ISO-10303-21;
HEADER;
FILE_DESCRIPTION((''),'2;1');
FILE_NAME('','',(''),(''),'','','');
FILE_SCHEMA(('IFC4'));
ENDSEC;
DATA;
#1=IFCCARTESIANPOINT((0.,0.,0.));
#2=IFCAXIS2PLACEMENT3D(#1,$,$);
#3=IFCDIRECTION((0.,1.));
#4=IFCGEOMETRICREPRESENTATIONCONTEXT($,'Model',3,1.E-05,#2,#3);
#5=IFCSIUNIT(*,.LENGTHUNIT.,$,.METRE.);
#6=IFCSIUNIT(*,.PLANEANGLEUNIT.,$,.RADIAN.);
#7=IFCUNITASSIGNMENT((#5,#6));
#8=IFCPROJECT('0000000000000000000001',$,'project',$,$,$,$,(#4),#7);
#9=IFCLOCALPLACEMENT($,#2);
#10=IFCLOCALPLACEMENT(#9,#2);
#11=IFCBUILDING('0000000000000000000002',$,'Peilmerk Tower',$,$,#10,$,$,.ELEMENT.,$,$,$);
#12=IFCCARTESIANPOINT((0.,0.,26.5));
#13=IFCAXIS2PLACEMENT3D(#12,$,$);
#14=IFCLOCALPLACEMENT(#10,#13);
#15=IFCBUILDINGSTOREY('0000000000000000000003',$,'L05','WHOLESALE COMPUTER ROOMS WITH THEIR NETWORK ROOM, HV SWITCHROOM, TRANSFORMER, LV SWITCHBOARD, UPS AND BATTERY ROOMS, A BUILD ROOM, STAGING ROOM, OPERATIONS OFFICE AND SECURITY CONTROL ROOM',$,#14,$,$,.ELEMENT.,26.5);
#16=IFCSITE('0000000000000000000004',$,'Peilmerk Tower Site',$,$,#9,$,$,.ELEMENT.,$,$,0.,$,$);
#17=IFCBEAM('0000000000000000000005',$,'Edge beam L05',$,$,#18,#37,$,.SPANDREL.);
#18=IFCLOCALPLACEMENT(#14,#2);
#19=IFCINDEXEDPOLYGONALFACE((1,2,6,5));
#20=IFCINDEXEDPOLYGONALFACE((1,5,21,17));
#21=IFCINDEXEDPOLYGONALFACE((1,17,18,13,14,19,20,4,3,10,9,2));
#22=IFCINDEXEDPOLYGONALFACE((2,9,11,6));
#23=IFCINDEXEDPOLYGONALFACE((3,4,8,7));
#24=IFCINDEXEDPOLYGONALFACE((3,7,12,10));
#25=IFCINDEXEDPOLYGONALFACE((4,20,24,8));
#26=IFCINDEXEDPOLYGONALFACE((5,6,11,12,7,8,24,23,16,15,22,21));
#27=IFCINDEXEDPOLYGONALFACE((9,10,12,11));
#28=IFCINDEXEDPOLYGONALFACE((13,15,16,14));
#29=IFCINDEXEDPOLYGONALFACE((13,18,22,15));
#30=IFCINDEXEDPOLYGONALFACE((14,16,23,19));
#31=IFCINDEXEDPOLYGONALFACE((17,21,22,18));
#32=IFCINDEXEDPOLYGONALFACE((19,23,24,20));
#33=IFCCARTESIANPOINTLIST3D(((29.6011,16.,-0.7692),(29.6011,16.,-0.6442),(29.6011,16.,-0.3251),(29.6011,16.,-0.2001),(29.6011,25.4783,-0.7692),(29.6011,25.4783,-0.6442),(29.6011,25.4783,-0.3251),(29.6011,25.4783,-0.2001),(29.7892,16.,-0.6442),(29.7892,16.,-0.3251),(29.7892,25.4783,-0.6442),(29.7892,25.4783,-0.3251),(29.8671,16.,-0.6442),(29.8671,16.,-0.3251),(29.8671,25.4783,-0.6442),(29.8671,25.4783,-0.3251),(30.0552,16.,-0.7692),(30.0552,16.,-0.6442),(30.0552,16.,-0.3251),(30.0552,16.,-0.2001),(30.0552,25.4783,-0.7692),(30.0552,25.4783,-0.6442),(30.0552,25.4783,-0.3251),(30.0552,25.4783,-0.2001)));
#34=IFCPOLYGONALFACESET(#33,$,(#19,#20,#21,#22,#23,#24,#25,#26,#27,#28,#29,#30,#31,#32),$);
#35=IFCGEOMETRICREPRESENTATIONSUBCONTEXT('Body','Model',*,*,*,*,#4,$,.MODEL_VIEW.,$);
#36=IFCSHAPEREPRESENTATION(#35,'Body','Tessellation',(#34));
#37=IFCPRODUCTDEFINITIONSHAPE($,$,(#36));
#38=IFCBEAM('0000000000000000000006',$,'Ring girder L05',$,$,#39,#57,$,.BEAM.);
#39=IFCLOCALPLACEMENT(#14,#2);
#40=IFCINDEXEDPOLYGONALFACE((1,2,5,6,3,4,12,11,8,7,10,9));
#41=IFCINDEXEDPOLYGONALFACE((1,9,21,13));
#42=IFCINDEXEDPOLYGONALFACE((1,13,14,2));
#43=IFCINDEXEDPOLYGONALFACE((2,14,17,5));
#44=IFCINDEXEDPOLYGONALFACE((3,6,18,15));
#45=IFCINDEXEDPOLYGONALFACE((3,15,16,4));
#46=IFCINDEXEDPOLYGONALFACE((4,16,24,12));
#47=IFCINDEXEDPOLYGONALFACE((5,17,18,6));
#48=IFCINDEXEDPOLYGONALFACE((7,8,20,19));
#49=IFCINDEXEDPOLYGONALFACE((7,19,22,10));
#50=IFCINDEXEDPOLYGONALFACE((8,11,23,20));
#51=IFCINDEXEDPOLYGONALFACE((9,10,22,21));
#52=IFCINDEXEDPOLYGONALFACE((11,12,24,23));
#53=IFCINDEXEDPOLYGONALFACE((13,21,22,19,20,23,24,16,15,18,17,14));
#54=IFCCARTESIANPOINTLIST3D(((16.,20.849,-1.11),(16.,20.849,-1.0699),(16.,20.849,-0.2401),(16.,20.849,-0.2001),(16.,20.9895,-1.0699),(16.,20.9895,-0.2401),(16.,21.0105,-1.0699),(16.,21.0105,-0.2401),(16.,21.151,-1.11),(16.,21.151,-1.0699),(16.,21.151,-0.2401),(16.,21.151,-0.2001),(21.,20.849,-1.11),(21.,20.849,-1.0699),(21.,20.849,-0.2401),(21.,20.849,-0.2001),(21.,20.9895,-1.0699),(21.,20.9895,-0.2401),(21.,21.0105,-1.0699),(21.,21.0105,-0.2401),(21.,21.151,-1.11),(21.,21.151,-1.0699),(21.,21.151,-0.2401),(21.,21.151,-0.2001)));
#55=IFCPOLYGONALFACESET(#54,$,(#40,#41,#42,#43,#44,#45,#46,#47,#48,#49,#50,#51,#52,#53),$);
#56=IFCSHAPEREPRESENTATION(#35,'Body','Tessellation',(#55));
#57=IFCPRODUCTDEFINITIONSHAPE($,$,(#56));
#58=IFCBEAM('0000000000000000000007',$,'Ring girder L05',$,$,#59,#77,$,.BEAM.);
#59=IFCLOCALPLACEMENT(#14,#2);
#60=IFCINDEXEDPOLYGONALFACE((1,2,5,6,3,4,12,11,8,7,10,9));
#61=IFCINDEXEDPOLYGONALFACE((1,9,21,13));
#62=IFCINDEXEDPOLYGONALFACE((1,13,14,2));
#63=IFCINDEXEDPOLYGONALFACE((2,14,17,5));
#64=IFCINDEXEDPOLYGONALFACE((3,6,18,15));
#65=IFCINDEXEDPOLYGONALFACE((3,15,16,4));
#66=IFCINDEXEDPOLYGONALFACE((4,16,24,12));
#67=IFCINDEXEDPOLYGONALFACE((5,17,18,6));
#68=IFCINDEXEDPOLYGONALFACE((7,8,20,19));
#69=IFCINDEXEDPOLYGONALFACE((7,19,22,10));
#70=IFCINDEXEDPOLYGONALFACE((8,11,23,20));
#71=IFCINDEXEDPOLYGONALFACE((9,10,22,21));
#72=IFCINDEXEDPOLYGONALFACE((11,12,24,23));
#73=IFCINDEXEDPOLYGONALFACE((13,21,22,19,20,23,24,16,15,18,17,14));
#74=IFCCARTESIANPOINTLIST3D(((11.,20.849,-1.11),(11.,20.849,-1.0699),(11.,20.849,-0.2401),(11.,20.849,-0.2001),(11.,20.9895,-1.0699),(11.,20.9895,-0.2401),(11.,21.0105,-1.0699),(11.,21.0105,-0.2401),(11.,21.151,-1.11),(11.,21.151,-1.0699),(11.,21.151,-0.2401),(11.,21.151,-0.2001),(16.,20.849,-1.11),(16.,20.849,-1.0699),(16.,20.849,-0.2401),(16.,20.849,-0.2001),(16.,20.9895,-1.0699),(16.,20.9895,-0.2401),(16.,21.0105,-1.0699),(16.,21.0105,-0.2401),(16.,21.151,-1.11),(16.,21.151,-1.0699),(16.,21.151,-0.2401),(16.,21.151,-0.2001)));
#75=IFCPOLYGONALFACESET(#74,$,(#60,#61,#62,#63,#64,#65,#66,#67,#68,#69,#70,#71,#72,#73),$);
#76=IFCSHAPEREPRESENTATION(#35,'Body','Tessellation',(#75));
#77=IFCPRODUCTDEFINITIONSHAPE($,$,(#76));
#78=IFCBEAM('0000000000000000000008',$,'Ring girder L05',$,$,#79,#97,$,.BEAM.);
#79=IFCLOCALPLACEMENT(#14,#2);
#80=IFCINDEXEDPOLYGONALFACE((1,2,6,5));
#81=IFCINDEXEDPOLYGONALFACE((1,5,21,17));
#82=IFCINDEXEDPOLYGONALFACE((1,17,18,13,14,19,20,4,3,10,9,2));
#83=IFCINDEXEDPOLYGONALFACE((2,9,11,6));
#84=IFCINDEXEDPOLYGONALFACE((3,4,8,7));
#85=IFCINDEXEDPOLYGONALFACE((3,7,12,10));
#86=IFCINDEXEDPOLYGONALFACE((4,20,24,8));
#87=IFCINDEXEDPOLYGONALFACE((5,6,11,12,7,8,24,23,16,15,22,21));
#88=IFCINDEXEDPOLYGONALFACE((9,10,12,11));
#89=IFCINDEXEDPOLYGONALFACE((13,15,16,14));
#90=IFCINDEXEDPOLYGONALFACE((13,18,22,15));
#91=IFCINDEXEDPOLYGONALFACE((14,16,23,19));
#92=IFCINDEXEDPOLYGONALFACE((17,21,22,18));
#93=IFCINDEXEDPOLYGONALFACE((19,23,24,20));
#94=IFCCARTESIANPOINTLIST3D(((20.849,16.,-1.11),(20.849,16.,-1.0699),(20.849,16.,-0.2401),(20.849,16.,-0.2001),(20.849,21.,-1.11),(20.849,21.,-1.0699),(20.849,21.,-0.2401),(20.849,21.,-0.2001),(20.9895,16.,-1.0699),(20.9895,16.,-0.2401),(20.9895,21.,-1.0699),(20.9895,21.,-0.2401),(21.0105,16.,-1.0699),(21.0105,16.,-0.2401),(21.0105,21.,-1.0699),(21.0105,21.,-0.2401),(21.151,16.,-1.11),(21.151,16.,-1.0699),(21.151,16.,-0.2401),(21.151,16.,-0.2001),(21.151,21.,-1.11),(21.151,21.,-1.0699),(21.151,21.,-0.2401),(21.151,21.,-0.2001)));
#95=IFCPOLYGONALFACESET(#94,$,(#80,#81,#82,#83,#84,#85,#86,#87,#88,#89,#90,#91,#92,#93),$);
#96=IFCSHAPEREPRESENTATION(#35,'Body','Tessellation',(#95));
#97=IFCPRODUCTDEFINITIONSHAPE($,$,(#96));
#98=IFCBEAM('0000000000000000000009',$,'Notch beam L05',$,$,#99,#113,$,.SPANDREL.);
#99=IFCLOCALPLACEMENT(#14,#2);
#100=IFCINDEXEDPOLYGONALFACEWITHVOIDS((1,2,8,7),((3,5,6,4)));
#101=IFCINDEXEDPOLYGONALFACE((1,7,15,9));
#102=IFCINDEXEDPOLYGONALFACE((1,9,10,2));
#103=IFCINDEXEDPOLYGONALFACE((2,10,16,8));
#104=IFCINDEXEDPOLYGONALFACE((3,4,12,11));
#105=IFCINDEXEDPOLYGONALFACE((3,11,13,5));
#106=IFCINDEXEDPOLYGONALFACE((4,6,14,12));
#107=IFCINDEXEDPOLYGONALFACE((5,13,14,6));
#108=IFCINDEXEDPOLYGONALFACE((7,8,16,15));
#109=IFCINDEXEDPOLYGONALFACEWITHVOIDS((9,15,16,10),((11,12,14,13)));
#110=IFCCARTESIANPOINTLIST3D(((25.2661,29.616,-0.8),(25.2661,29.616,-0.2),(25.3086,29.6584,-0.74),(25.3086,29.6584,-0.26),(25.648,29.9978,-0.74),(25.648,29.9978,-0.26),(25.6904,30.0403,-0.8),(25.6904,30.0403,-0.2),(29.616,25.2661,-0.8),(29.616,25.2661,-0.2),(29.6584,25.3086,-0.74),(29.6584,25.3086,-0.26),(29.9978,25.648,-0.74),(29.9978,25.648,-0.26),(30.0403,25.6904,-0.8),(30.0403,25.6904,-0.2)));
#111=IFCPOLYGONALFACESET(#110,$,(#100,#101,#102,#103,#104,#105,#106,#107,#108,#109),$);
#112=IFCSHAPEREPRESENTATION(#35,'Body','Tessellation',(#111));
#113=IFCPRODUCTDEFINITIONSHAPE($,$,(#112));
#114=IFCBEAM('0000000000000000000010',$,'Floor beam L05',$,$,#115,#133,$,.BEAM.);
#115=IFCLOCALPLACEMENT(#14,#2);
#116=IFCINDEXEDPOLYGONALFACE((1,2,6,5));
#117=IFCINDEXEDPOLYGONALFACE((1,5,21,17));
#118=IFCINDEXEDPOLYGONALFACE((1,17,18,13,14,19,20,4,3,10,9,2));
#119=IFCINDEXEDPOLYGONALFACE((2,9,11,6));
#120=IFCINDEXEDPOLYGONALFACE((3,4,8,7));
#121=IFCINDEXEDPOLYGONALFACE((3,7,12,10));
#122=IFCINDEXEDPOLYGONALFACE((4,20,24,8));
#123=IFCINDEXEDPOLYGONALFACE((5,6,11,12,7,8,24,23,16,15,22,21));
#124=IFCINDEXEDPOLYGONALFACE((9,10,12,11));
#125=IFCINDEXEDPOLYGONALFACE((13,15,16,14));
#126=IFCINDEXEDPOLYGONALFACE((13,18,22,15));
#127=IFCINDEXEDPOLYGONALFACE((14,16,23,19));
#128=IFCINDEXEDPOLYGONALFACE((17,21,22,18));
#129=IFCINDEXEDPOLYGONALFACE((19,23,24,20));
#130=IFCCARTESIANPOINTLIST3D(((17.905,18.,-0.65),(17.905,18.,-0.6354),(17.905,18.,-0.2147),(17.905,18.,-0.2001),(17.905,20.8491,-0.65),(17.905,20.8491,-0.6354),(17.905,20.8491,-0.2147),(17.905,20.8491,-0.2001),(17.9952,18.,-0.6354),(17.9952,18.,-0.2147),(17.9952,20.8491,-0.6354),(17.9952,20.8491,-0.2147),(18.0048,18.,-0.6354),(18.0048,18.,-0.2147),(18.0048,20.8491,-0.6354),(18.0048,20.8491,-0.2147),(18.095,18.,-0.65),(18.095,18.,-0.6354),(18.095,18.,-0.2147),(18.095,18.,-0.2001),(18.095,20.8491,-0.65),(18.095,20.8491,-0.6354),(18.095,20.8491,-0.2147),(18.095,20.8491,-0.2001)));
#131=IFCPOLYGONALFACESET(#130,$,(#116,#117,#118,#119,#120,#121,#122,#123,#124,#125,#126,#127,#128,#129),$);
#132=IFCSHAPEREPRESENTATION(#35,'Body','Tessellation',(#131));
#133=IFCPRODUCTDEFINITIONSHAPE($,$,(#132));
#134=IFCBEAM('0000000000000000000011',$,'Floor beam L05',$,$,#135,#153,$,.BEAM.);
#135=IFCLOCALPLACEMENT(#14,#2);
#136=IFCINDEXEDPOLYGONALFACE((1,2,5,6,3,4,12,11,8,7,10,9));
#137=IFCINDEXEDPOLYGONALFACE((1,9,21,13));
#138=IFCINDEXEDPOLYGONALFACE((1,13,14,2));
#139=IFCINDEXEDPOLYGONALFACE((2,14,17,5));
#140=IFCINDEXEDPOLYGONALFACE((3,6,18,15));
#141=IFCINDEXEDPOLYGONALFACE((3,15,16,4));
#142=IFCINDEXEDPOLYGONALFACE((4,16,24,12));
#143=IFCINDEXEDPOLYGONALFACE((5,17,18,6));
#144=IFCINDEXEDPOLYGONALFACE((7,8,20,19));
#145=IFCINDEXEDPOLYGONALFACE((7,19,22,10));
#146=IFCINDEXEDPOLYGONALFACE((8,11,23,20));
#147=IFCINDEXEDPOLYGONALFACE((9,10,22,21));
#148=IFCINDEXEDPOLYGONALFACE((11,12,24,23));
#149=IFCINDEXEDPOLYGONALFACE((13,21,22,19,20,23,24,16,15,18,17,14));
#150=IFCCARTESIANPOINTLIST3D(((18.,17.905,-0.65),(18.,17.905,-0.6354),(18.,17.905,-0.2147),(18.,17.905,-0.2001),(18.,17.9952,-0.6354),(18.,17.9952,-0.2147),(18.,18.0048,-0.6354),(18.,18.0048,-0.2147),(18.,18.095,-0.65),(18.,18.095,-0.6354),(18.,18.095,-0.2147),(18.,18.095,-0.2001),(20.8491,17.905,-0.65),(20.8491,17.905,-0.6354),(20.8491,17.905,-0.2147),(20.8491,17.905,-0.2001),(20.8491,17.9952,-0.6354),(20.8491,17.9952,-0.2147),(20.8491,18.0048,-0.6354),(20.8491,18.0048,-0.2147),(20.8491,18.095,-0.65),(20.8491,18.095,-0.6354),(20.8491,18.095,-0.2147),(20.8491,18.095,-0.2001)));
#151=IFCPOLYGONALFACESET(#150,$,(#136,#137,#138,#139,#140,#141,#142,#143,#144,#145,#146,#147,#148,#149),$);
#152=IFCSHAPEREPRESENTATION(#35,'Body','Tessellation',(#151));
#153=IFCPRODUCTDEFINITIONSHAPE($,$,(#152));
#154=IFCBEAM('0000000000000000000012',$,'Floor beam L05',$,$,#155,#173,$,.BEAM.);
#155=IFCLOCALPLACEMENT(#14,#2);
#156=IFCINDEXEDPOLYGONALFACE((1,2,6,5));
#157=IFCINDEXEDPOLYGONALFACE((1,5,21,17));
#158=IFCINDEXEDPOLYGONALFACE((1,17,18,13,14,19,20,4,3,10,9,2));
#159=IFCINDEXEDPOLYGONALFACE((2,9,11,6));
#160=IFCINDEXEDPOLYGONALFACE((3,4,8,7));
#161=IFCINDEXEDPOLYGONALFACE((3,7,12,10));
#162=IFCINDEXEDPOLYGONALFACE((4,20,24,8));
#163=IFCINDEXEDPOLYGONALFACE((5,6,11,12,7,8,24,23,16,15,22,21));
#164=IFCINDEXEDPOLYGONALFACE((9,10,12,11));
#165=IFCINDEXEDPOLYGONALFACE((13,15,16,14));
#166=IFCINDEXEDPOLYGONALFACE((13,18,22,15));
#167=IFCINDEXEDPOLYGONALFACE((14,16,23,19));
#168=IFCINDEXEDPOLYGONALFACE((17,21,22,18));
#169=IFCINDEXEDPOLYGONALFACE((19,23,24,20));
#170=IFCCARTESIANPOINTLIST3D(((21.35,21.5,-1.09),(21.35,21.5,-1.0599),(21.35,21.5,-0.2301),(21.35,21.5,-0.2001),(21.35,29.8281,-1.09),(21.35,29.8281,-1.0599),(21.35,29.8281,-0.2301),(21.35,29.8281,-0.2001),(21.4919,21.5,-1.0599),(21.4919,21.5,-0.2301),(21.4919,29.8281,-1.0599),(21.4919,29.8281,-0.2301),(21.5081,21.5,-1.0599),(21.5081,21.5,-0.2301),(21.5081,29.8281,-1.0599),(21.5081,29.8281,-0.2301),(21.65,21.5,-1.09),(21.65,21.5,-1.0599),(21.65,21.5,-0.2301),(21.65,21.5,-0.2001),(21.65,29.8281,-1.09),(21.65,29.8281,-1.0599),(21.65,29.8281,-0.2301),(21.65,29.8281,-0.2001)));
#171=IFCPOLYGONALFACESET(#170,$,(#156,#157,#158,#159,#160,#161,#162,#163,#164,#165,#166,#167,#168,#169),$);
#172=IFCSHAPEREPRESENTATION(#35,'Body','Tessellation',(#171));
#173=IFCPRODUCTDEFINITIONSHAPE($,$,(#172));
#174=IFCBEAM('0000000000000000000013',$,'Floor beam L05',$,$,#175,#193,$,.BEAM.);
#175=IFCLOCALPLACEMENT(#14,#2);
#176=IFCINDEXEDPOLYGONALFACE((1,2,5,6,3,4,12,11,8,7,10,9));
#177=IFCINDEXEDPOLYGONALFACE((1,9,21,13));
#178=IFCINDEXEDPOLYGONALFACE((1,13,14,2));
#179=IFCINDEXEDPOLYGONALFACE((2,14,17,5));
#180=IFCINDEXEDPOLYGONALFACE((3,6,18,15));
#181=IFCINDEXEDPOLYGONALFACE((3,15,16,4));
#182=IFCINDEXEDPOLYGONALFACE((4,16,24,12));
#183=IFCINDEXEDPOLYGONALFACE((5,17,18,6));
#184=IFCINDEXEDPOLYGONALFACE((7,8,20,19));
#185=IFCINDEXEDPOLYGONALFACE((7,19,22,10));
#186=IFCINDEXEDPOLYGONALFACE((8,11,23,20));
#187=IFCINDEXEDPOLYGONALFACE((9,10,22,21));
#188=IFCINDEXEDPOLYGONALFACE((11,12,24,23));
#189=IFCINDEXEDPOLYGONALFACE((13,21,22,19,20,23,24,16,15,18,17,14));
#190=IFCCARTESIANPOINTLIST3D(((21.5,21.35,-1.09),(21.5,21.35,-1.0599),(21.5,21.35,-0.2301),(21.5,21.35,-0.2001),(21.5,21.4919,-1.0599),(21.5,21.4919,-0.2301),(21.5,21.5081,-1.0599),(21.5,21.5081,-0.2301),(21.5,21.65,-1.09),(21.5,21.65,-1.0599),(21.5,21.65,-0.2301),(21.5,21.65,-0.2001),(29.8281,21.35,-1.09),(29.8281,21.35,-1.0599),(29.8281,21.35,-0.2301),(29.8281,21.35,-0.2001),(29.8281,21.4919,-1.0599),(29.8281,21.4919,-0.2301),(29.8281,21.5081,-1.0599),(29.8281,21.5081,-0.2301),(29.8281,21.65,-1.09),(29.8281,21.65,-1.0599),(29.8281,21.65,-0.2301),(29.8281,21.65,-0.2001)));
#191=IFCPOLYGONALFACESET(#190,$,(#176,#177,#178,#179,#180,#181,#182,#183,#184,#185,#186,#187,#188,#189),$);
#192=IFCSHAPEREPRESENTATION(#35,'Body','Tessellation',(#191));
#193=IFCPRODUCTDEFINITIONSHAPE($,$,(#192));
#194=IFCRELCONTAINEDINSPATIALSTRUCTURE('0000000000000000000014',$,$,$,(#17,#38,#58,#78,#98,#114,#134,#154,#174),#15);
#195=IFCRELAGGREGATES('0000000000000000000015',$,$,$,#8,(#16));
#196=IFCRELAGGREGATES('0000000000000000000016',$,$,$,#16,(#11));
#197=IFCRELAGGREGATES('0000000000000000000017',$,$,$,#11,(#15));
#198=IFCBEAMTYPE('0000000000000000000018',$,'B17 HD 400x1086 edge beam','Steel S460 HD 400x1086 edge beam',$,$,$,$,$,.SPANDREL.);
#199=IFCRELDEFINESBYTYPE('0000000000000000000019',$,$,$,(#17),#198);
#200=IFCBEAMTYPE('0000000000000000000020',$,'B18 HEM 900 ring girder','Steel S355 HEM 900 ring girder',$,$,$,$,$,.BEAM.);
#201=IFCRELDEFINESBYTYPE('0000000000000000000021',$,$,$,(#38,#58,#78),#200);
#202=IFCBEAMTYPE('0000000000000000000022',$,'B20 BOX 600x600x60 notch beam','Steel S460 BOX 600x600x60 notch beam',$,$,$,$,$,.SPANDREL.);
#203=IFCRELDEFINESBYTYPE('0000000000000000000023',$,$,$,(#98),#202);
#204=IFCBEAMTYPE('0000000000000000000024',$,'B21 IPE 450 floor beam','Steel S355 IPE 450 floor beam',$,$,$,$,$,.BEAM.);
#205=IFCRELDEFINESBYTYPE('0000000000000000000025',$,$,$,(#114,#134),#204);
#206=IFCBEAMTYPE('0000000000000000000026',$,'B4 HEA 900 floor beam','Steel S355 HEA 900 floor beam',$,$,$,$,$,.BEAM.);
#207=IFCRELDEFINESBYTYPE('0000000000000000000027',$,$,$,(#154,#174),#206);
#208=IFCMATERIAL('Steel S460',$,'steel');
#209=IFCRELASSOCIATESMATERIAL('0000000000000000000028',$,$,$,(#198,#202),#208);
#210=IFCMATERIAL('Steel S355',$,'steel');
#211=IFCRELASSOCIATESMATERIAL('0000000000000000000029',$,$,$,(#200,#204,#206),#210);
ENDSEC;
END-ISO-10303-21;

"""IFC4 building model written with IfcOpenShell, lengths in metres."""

from ifc_helpers import new_model, si_unit, direction, frame, origin, origin_2d, place, context, subcontext, project, spatial, hollow_rectangle, i_section, extrude, material, material_profile, profile_set, type_object, element, save


model = new_model("IFC4")

# Units and contexts
model_context = context("Model", 3, precision=1e-05, world=origin(), true_north=direction((0.0, 1.0)))
body_context = subcontext(model_context, "Body", "Model", "MODEL_VIEW")
ifc_project = project(units=[si_unit("LENGTHUNIT", "METRE"), si_unit("PLANEANGLEUNIT", "RADIAN")], contexts=[model_context])

# Site, building, storey
site_placement = place(None, origin())
site = spatial("IfcSite", under=ifc_project, at=site_placement, Name="Peilmerk Tower Site", CompositionType="ELEMENT", RefElevation=0.0)
building_placement = place(site_placement, origin())
building = spatial("IfcBuilding", under=site, at=building_placement, Name="Peilmerk Tower", CompositionType="ELEMENT")
storey_placement = place(building_placement, frame((0.0, 0.0, 26.5)))
storey = spatial("IfcBuildingStorey", under=building, at=storey_placement, Name="L05", Description="WHOLESALE COMPUTER ROOMS WITH THEIR NETWORK ROOM, HV SWITCHROOM, TRANSFORMER, LV SWITCHBOARD, UPS AND BATTERY ROOMS, A BUILD ROOM, STAGING ROOM, OPERATIONS OFFICE AND SECURITY CONTROL ROOM", CompositionType="ELEMENT", Elevation=26.5)

# Beams
ifc_material_1 = material(Name="Steel S355", Category="steel")
ifc_material_2 = material(Name="Steel S460", Category="steel")
ifc_material_profile_1 = material_profile(ifc_material_2, i_section(OverallWidth=0.4541, OverallDepth=0.5691, WebThickness=0.0779, FlangeThickness=0.125, at=origin_2d()), Name="HD 400x1086")
ifc_profile_set_1 = profile_set([ifc_material_profile_1], Name="Steel S460")
beam_type_1 = type_object("IfcBeamType", Name="B17 HD 400x1086 edge beam", Description="Steel S460 HD 400x1086 edge beam", PredefinedType="SPANDREL", material=ifc_profile_set_1)
for number, where, z_axis, x_axis, name in (
    (1, (29.8281, 16.0, -0.4846), (0.0, 1.0, 0.0), (-1.0, 0.0, 0.0), "Edge beam L05"),
):
    element("IfcBeam", number, at=place(storey_placement, frame(where, z_axis=z_axis, x_axis=x_axis)), inside=storey, type_object=beam_type_1, Name=name, PredefinedType="SPANDREL", context=body_context, shape_type="SweptSolid", body=[
        extrude(i_section(OverallWidth=0.4541, OverallDepth=0.5691, WebThickness=0.0779, FlangeThickness=0.125, at=origin_2d()), origin(), (0.0, 0.0, 1.0), 9.4783),
    ])
ifc_material_profile_2 = material_profile(ifc_material_1, i_section(OverallWidth=0.302, OverallDepth=0.9099, WebThickness=0.021, FlangeThickness=0.04, at=origin_2d()), Name="HEM 900")
ifc_profile_set_2 = profile_set([ifc_material_profile_2], Name="Steel S355")
beam_type_2 = type_object("IfcBeamType", Name="B18 HEM 900 ring girder", Description="Steel S355 HEM 900 ring girder", PredefinedType="BEAM", material=ifc_profile_set_2)
for number, where, z_axis, x_axis, name in (
    (2, (21.0, 21.0, -0.655), (-1.0, 0.0, 0.0), (0.0, -1.0, 0.0), "Ring girder L05"),
    (3, (16.0, 21.0, -0.655), (-1.0, 0.0, 0.0), (0.0, -1.0, 0.0), "Ring girder L05"),
    (4, (21.0, 16.0, -0.655), (0.0, 1.0, 0.0), (-1.0, 0.0, 0.0), "Ring girder L05"),
):
    element("IfcBeam", number, at=place(storey_placement, frame(where, z_axis=z_axis, x_axis=x_axis)), inside=storey, type_object=beam_type_2, Name=name, PredefinedType="BEAM", context=body_context, shape_type="SweptSolid", body=[
        extrude(i_section(OverallWidth=0.302, OverallDepth=0.9099, WebThickness=0.021, FlangeThickness=0.04, at=origin_2d()), origin(), (0.0, 0.0, 1.0), 5.0),
    ])
ifc_material_profile_3 = material_profile(ifc_material_2, hollow_rectangle(XDim=0.6001, YDim=0.6001, WallThickness=0.0601, at=origin_2d()), Name="BOX 600x600x60")
ifc_profile_set_3 = profile_set([ifc_material_profile_3], Name="Steel S460")
beam_type_3 = type_object("IfcBeamType", Name="B20 BOX 600x600x60 notch beam", Description="Steel S460 BOX 600x600x60 notch beam", PredefinedType="SPANDREL", material=ifc_profile_set_3)
beam_1_placement = place(storey_placement, frame((25.4783, 29.8281, -0.5), z_axis=(0.707107, -0.707107, 0.0), x_axis=(0.707107, 0.707107, 0.0)))
element("IfcBeam", 5, at=beam_1_placement, inside=storey, type_object=beam_type_3, Name="Notch beam L05", PredefinedType="SPANDREL", context=body_context, shape_type="SweptSolid", body=[
    extrude(hollow_rectangle(XDim=0.6001, YDim=0.6001, WallThickness=0.0601, at=origin_2d()), origin(), (0.0, 0.0, 1.0), 6.1516),
])
ifc_material_profile_4 = material_profile(ifc_material_1, i_section(OverallWidth=0.1899, OverallDepth=0.45, WebThickness=0.0095, FlangeThickness=0.0146, at=origin_2d()), Name="IPE 450")
ifc_profile_set_4 = profile_set([ifc_material_profile_4], Name="Steel S355")
beam_type_4 = type_object("IfcBeamType", Name="B21 IPE 450 floor beam", Description="Steel S355 IPE 450 floor beam", PredefinedType="BEAM", material=ifc_profile_set_4)
for number, where, z_axis, x_axis, name in (
    (6, (18.0, 18.0, -0.425), (0.0, 1.0, 0.0), (-1.0, 0.0, 0.0), "Floor beam L05"),
    (7, (18.0, 18.0, -0.425), (1.0, 0.0, 0.0), (0.0, 1.0, 0.0), "Floor beam L05"),
):
    element("IfcBeam", number, at=place(storey_placement, frame(where, z_axis=z_axis, x_axis=x_axis)), inside=storey, type_object=beam_type_4, Name=name, PredefinedType="BEAM", context=body_context, shape_type="SweptSolid", body=[
        extrude(i_section(OverallWidth=0.1899, OverallDepth=0.45, WebThickness=0.0095, FlangeThickness=0.0146, at=origin_2d()), origin(), (0.0, 0.0, 1.0), 2.8491),
    ])
ifc_material_profile_5 = material_profile(ifc_material_1, i_section(OverallWidth=0.3, OverallDepth=0.8899, WebThickness=0.0161, FlangeThickness=0.03, at=origin_2d()), Name="HEA 900")
ifc_profile_set_5 = profile_set([ifc_material_profile_5], Name="Steel S355")
beam_type_5 = type_object("IfcBeamType", Name="B4 HEA 900 floor beam", Description="Steel S355 HEA 900 floor beam", PredefinedType="BEAM", material=ifc_profile_set_5)
for number, where, z_axis, x_axis, name in (
    (8, (21.5, 21.5, -0.645), (0.0, 1.0, 0.0), (-1.0, 0.0, 0.0), "Floor beam L05"),
    (9, (21.5, 21.5, -0.645), (1.0, 0.0, 0.0), (0.0, 1.0, 0.0), "Floor beam L05"),
):
    element("IfcBeam", number, at=place(storey_placement, frame(where, z_axis=z_axis, x_axis=x_axis)), inside=storey, type_object=beam_type_5, Name=name, PredefinedType="BEAM", context=body_context, shape_type="SweptSolid", body=[
        extrude(i_section(OverallWidth=0.3, OverallDepth=0.8899, WebThickness=0.0161, FlangeThickness=0.03, at=origin_2d()), origin(), (0.0, 0.0, 1.0), 8.3281),
    ])

save(model, "model.ifc")
